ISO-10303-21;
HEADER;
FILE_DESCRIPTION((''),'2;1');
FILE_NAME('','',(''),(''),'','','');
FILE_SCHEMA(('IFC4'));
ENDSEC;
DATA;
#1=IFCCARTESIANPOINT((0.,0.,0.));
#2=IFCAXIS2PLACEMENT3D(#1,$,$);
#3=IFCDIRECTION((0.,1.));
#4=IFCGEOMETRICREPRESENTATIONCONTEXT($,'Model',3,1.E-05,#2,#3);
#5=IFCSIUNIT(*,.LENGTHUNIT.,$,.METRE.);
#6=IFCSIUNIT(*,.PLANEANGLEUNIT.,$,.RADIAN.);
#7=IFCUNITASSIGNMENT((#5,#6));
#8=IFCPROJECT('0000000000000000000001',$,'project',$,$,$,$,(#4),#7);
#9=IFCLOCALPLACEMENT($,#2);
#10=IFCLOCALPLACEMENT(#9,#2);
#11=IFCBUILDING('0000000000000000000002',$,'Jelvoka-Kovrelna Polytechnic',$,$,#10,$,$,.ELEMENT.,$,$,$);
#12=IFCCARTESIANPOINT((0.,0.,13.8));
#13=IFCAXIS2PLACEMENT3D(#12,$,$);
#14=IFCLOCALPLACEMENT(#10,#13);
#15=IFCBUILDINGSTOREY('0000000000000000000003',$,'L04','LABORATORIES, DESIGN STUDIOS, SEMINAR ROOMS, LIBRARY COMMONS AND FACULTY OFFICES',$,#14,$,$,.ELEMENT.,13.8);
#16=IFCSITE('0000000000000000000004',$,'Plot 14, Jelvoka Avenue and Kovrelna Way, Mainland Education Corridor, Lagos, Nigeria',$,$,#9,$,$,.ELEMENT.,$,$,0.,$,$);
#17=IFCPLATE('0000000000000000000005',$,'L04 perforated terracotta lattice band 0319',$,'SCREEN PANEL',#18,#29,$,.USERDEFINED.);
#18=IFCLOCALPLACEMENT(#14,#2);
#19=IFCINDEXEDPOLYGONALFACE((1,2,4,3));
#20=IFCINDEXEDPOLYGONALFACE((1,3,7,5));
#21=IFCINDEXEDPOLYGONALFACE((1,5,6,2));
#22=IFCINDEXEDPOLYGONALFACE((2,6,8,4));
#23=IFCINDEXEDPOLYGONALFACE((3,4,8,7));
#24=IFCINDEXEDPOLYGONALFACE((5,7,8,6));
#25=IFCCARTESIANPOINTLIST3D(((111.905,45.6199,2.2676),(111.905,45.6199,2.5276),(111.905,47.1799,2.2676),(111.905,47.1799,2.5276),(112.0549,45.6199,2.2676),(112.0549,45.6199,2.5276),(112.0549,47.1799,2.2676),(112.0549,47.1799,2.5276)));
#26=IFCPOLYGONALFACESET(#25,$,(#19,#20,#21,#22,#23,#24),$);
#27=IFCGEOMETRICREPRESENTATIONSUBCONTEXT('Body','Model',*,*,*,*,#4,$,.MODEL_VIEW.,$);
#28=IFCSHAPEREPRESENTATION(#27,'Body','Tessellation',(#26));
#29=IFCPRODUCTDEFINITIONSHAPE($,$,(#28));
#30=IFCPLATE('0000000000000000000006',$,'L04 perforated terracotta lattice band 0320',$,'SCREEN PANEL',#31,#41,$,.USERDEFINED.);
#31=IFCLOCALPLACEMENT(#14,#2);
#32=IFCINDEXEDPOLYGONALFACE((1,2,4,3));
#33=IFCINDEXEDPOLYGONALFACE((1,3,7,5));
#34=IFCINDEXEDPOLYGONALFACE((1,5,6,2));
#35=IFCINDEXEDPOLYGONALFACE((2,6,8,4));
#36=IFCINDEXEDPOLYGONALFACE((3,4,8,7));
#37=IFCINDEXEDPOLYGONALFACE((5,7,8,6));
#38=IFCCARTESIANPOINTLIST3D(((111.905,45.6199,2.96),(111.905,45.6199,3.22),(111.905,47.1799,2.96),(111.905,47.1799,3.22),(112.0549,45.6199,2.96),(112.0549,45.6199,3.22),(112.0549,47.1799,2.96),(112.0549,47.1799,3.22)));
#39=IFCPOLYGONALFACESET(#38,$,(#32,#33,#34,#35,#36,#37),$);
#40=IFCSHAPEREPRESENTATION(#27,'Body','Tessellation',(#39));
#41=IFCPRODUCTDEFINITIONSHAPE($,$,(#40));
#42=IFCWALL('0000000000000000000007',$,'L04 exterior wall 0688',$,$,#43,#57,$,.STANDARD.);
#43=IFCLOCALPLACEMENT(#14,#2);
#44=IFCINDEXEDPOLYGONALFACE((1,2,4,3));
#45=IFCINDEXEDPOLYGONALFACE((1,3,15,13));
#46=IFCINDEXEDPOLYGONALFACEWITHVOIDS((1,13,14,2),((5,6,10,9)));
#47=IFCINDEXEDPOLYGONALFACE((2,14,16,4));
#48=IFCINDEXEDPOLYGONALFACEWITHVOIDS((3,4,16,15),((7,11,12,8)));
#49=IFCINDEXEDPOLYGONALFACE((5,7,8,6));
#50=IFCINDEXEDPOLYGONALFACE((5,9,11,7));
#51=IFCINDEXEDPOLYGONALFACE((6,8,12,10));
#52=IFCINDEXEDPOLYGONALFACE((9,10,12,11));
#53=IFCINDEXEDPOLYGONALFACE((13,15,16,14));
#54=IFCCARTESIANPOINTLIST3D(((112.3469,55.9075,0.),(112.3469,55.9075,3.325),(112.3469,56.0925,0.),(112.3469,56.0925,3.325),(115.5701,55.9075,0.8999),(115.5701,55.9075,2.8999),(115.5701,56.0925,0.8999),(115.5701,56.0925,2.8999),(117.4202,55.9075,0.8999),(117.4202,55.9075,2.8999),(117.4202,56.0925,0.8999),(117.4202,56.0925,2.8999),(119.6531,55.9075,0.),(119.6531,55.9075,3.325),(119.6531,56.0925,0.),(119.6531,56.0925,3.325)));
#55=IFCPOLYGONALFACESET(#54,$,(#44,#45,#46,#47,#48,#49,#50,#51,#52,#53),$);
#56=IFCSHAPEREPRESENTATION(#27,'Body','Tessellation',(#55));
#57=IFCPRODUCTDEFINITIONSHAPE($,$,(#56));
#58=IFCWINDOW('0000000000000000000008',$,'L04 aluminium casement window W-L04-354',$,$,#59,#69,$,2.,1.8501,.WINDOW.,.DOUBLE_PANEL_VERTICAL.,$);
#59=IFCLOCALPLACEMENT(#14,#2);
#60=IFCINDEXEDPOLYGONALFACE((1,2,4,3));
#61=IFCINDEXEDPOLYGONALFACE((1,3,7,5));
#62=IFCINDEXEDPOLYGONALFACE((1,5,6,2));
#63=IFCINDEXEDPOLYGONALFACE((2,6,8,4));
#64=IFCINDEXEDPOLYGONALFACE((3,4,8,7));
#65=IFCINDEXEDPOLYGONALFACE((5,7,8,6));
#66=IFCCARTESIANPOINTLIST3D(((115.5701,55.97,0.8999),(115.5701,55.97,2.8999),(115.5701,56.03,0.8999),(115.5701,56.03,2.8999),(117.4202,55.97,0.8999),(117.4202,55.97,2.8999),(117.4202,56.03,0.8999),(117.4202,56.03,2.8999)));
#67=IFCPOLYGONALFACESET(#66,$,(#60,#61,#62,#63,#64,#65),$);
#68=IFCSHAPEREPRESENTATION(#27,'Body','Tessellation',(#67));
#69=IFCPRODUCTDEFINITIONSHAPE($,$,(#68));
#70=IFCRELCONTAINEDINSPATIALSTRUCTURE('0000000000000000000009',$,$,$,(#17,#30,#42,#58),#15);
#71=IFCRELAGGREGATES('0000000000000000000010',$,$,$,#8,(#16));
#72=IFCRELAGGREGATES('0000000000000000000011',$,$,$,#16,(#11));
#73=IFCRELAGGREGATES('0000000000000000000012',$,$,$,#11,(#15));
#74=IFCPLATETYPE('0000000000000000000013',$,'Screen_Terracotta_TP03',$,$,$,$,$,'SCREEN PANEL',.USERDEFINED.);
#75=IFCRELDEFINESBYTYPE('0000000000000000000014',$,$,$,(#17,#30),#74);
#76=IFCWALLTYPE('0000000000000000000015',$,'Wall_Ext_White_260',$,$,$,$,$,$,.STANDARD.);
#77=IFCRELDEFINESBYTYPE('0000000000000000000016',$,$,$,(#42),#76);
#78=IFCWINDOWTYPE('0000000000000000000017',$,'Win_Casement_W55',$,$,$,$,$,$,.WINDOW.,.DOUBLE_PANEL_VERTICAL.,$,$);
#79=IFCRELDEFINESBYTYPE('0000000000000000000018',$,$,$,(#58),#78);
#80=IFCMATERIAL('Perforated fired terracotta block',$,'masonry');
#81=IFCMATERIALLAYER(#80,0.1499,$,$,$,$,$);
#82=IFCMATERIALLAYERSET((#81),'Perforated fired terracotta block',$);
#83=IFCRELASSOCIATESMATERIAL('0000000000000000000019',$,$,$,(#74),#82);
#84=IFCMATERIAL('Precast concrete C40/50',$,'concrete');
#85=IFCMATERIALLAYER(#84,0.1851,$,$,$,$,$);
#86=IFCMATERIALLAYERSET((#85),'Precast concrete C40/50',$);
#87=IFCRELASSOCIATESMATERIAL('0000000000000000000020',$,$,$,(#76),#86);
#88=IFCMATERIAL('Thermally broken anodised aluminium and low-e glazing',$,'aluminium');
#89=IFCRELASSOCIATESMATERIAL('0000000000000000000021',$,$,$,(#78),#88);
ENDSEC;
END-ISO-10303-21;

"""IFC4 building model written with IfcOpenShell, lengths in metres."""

from ifc_helpers import new_model, si_unit, direction, frame, frame_2d, origin, origin_2d, place, context, subcontext, project, spatial, rectangle, extrude, material, layer, layer_set, type_object, element, fill, save


model = new_model("IFC4")

# Units and contexts
model_context = context("Model", 3, precision=1e-05, world=origin(), true_north=direction((0.0, 1.0)))
body_context = subcontext(model_context, "Body", "Model", "MODEL_VIEW")
ifc_project = project(units=[si_unit("LENGTHUNIT", "METRE"), si_unit("PLANEANGLEUNIT", "RADIAN")], contexts=[model_context])

# Site, building, storey
site_placement = place(None, origin())
site = spatial("IfcSite", under=ifc_project, at=site_placement, Name="Plot 14, Jelvoka Avenue and Kovrelna Way, Mainland Education Corridor, Lagos, Nigeria", CompositionType="ELEMENT", RefElevation=0.0)
building_placement = place(site_placement, origin())
building = spatial("IfcBuilding", under=site, at=building_placement, Name="Jelvoka-Kovrelna Polytechnic", CompositionType="ELEMENT")
storey_placement = place(building_placement, frame((0.0, 0.0, 13.8)))
storey = spatial("IfcBuildingStorey", under=building, at=storey_placement, Name="L04", Description="LABORATORIES, DESIGN STUDIOS, SEMINAR ROOMS, LIBRARY COMMONS AND FACULTY OFFICES", CompositionType="ELEMENT", Elevation=13.8)

# Plates
ifc_material_1 = material(Name="Perforated fired terracotta block", Category="masonry")
ifc_layer_1 = layer(ifc_material_1, 0.1499)
ifc_layer_set_1 = layer_set([ifc_layer_1], Name="Perforated fired terracotta block")
plate_type = type_object("IfcPlateType", Name="Screen_Terracotta_TP03", ElementType="SCREEN PANEL", PredefinedType="USERDEFINED", material=ifc_layer_set_1)
for number, where, z_axis, x_axis, name in (
    (1, (111.98, 46.3999, 2.2676), (0.0, 0.0, 1.0), (0.0, 1.0, 0.0), "L04 perforated terracotta lattice band 0319"),
    (2, (111.98, 46.3999, 2.96), (0.0, 0.0, 1.0), (0.0, 1.0, 0.0), "L04 perforated terracotta lattice band 0320"),
):
    element("IfcPlate", number, at=place(storey_placement, frame(where, z_axis=z_axis, x_axis=x_axis)), inside=storey, type_object=plate_type, Name=name, ObjectType="SCREEN PANEL", PredefinedType="USERDEFINED", context=body_context, shape_type="SweptSolid", body=[
        extrude(rectangle(XDim=1.5601, YDim=0.1499, at=origin_2d()), origin(), (0.0, 0.0, 1.0), 0.26),
    ])

# Wall, opening, window
ifc_material_2 = material(Name="Precast concrete C40/50", Category="concrete")
ifc_layer_2 = layer(ifc_material_2, 0.1851)
ifc_layer_set_2 = layer_set([ifc_layer_2], Name="Precast concrete C40/50")
wall_type = type_object("IfcWallType", Name="Wall_Ext_White_260", PredefinedType="STANDARD", material=ifc_layer_set_2)
wall_placement = place(storey_placement, frame((119.6531, 56.0, 0.0), z_axis=(0.0, 0.0, 1.0), x_axis=(-1.0, 0.0, 0.0)))
wall = element("IfcWall", 3, at=wall_placement, inside=storey, type_object=wall_type, Name="L04 exterior wall 0688", PredefinedType="STANDARD", context=body_context, shape_type="SweptSolid", body=[
    extrude(rectangle(XDim=7.3062, YDim=0.1851, at=frame_2d((3.6531, 0.0))), origin(), (0.0, 0.0, 1.0), 3.325),
])
opening_placement = place(wall_placement, frame((2.2329, 0.0, 0.8999)))
opening = element("IfcOpeningElement", 4, at=opening_placement, cuts=wall, PredefinedType="OPENING", context=body_context, shape_type="SweptSolid", body=[
    extrude(rectangle(XDim=1.8501, YDim=2.0, at=frame_2d((0.925, 1.0))), frame((0.0, 0.1025, 0.0), z_axis=(0.0, -1.0, 0.0), x_axis=(1.0, 0.0, 0.0)), (0.0, 0.0, 1.0), 0.2051),
])
ifc_material_3 = material(Name="Thermally broken anodised aluminium and low-e glazing", Category="aluminium")
window_type = type_object("IfcWindowType", Name="Win_Casement_W55", PartitioningType="DOUBLE_PANEL_VERTICAL", PredefinedType="WINDOW", material=ifc_material_3)
window_placement = place(opening_placement, origin())
window = element("IfcWindow", 5, at=window_placement, inside=storey, type_object=window_type, Name="L04 aluminium casement window W-L04-354", OverallHeight=2.0, OverallWidth=1.8501, PartitioningType="DOUBLE_PANEL_VERTICAL", PredefinedType="WINDOW", context=body_context, shape_type="SweptSolid", body=[
    extrude(rectangle(XDim=1.8501, YDim=2.0, at=frame_2d((0.925, 1.0))), frame((0.0, 0.03, 0.0), z_axis=(0.0, -1.0, 0.0), x_axis=(1.0, 0.0, 0.0)), (0.0, 0.0, 1.0), 0.0601),
])
fill(opening, window)

save(model, "model.ifc")
